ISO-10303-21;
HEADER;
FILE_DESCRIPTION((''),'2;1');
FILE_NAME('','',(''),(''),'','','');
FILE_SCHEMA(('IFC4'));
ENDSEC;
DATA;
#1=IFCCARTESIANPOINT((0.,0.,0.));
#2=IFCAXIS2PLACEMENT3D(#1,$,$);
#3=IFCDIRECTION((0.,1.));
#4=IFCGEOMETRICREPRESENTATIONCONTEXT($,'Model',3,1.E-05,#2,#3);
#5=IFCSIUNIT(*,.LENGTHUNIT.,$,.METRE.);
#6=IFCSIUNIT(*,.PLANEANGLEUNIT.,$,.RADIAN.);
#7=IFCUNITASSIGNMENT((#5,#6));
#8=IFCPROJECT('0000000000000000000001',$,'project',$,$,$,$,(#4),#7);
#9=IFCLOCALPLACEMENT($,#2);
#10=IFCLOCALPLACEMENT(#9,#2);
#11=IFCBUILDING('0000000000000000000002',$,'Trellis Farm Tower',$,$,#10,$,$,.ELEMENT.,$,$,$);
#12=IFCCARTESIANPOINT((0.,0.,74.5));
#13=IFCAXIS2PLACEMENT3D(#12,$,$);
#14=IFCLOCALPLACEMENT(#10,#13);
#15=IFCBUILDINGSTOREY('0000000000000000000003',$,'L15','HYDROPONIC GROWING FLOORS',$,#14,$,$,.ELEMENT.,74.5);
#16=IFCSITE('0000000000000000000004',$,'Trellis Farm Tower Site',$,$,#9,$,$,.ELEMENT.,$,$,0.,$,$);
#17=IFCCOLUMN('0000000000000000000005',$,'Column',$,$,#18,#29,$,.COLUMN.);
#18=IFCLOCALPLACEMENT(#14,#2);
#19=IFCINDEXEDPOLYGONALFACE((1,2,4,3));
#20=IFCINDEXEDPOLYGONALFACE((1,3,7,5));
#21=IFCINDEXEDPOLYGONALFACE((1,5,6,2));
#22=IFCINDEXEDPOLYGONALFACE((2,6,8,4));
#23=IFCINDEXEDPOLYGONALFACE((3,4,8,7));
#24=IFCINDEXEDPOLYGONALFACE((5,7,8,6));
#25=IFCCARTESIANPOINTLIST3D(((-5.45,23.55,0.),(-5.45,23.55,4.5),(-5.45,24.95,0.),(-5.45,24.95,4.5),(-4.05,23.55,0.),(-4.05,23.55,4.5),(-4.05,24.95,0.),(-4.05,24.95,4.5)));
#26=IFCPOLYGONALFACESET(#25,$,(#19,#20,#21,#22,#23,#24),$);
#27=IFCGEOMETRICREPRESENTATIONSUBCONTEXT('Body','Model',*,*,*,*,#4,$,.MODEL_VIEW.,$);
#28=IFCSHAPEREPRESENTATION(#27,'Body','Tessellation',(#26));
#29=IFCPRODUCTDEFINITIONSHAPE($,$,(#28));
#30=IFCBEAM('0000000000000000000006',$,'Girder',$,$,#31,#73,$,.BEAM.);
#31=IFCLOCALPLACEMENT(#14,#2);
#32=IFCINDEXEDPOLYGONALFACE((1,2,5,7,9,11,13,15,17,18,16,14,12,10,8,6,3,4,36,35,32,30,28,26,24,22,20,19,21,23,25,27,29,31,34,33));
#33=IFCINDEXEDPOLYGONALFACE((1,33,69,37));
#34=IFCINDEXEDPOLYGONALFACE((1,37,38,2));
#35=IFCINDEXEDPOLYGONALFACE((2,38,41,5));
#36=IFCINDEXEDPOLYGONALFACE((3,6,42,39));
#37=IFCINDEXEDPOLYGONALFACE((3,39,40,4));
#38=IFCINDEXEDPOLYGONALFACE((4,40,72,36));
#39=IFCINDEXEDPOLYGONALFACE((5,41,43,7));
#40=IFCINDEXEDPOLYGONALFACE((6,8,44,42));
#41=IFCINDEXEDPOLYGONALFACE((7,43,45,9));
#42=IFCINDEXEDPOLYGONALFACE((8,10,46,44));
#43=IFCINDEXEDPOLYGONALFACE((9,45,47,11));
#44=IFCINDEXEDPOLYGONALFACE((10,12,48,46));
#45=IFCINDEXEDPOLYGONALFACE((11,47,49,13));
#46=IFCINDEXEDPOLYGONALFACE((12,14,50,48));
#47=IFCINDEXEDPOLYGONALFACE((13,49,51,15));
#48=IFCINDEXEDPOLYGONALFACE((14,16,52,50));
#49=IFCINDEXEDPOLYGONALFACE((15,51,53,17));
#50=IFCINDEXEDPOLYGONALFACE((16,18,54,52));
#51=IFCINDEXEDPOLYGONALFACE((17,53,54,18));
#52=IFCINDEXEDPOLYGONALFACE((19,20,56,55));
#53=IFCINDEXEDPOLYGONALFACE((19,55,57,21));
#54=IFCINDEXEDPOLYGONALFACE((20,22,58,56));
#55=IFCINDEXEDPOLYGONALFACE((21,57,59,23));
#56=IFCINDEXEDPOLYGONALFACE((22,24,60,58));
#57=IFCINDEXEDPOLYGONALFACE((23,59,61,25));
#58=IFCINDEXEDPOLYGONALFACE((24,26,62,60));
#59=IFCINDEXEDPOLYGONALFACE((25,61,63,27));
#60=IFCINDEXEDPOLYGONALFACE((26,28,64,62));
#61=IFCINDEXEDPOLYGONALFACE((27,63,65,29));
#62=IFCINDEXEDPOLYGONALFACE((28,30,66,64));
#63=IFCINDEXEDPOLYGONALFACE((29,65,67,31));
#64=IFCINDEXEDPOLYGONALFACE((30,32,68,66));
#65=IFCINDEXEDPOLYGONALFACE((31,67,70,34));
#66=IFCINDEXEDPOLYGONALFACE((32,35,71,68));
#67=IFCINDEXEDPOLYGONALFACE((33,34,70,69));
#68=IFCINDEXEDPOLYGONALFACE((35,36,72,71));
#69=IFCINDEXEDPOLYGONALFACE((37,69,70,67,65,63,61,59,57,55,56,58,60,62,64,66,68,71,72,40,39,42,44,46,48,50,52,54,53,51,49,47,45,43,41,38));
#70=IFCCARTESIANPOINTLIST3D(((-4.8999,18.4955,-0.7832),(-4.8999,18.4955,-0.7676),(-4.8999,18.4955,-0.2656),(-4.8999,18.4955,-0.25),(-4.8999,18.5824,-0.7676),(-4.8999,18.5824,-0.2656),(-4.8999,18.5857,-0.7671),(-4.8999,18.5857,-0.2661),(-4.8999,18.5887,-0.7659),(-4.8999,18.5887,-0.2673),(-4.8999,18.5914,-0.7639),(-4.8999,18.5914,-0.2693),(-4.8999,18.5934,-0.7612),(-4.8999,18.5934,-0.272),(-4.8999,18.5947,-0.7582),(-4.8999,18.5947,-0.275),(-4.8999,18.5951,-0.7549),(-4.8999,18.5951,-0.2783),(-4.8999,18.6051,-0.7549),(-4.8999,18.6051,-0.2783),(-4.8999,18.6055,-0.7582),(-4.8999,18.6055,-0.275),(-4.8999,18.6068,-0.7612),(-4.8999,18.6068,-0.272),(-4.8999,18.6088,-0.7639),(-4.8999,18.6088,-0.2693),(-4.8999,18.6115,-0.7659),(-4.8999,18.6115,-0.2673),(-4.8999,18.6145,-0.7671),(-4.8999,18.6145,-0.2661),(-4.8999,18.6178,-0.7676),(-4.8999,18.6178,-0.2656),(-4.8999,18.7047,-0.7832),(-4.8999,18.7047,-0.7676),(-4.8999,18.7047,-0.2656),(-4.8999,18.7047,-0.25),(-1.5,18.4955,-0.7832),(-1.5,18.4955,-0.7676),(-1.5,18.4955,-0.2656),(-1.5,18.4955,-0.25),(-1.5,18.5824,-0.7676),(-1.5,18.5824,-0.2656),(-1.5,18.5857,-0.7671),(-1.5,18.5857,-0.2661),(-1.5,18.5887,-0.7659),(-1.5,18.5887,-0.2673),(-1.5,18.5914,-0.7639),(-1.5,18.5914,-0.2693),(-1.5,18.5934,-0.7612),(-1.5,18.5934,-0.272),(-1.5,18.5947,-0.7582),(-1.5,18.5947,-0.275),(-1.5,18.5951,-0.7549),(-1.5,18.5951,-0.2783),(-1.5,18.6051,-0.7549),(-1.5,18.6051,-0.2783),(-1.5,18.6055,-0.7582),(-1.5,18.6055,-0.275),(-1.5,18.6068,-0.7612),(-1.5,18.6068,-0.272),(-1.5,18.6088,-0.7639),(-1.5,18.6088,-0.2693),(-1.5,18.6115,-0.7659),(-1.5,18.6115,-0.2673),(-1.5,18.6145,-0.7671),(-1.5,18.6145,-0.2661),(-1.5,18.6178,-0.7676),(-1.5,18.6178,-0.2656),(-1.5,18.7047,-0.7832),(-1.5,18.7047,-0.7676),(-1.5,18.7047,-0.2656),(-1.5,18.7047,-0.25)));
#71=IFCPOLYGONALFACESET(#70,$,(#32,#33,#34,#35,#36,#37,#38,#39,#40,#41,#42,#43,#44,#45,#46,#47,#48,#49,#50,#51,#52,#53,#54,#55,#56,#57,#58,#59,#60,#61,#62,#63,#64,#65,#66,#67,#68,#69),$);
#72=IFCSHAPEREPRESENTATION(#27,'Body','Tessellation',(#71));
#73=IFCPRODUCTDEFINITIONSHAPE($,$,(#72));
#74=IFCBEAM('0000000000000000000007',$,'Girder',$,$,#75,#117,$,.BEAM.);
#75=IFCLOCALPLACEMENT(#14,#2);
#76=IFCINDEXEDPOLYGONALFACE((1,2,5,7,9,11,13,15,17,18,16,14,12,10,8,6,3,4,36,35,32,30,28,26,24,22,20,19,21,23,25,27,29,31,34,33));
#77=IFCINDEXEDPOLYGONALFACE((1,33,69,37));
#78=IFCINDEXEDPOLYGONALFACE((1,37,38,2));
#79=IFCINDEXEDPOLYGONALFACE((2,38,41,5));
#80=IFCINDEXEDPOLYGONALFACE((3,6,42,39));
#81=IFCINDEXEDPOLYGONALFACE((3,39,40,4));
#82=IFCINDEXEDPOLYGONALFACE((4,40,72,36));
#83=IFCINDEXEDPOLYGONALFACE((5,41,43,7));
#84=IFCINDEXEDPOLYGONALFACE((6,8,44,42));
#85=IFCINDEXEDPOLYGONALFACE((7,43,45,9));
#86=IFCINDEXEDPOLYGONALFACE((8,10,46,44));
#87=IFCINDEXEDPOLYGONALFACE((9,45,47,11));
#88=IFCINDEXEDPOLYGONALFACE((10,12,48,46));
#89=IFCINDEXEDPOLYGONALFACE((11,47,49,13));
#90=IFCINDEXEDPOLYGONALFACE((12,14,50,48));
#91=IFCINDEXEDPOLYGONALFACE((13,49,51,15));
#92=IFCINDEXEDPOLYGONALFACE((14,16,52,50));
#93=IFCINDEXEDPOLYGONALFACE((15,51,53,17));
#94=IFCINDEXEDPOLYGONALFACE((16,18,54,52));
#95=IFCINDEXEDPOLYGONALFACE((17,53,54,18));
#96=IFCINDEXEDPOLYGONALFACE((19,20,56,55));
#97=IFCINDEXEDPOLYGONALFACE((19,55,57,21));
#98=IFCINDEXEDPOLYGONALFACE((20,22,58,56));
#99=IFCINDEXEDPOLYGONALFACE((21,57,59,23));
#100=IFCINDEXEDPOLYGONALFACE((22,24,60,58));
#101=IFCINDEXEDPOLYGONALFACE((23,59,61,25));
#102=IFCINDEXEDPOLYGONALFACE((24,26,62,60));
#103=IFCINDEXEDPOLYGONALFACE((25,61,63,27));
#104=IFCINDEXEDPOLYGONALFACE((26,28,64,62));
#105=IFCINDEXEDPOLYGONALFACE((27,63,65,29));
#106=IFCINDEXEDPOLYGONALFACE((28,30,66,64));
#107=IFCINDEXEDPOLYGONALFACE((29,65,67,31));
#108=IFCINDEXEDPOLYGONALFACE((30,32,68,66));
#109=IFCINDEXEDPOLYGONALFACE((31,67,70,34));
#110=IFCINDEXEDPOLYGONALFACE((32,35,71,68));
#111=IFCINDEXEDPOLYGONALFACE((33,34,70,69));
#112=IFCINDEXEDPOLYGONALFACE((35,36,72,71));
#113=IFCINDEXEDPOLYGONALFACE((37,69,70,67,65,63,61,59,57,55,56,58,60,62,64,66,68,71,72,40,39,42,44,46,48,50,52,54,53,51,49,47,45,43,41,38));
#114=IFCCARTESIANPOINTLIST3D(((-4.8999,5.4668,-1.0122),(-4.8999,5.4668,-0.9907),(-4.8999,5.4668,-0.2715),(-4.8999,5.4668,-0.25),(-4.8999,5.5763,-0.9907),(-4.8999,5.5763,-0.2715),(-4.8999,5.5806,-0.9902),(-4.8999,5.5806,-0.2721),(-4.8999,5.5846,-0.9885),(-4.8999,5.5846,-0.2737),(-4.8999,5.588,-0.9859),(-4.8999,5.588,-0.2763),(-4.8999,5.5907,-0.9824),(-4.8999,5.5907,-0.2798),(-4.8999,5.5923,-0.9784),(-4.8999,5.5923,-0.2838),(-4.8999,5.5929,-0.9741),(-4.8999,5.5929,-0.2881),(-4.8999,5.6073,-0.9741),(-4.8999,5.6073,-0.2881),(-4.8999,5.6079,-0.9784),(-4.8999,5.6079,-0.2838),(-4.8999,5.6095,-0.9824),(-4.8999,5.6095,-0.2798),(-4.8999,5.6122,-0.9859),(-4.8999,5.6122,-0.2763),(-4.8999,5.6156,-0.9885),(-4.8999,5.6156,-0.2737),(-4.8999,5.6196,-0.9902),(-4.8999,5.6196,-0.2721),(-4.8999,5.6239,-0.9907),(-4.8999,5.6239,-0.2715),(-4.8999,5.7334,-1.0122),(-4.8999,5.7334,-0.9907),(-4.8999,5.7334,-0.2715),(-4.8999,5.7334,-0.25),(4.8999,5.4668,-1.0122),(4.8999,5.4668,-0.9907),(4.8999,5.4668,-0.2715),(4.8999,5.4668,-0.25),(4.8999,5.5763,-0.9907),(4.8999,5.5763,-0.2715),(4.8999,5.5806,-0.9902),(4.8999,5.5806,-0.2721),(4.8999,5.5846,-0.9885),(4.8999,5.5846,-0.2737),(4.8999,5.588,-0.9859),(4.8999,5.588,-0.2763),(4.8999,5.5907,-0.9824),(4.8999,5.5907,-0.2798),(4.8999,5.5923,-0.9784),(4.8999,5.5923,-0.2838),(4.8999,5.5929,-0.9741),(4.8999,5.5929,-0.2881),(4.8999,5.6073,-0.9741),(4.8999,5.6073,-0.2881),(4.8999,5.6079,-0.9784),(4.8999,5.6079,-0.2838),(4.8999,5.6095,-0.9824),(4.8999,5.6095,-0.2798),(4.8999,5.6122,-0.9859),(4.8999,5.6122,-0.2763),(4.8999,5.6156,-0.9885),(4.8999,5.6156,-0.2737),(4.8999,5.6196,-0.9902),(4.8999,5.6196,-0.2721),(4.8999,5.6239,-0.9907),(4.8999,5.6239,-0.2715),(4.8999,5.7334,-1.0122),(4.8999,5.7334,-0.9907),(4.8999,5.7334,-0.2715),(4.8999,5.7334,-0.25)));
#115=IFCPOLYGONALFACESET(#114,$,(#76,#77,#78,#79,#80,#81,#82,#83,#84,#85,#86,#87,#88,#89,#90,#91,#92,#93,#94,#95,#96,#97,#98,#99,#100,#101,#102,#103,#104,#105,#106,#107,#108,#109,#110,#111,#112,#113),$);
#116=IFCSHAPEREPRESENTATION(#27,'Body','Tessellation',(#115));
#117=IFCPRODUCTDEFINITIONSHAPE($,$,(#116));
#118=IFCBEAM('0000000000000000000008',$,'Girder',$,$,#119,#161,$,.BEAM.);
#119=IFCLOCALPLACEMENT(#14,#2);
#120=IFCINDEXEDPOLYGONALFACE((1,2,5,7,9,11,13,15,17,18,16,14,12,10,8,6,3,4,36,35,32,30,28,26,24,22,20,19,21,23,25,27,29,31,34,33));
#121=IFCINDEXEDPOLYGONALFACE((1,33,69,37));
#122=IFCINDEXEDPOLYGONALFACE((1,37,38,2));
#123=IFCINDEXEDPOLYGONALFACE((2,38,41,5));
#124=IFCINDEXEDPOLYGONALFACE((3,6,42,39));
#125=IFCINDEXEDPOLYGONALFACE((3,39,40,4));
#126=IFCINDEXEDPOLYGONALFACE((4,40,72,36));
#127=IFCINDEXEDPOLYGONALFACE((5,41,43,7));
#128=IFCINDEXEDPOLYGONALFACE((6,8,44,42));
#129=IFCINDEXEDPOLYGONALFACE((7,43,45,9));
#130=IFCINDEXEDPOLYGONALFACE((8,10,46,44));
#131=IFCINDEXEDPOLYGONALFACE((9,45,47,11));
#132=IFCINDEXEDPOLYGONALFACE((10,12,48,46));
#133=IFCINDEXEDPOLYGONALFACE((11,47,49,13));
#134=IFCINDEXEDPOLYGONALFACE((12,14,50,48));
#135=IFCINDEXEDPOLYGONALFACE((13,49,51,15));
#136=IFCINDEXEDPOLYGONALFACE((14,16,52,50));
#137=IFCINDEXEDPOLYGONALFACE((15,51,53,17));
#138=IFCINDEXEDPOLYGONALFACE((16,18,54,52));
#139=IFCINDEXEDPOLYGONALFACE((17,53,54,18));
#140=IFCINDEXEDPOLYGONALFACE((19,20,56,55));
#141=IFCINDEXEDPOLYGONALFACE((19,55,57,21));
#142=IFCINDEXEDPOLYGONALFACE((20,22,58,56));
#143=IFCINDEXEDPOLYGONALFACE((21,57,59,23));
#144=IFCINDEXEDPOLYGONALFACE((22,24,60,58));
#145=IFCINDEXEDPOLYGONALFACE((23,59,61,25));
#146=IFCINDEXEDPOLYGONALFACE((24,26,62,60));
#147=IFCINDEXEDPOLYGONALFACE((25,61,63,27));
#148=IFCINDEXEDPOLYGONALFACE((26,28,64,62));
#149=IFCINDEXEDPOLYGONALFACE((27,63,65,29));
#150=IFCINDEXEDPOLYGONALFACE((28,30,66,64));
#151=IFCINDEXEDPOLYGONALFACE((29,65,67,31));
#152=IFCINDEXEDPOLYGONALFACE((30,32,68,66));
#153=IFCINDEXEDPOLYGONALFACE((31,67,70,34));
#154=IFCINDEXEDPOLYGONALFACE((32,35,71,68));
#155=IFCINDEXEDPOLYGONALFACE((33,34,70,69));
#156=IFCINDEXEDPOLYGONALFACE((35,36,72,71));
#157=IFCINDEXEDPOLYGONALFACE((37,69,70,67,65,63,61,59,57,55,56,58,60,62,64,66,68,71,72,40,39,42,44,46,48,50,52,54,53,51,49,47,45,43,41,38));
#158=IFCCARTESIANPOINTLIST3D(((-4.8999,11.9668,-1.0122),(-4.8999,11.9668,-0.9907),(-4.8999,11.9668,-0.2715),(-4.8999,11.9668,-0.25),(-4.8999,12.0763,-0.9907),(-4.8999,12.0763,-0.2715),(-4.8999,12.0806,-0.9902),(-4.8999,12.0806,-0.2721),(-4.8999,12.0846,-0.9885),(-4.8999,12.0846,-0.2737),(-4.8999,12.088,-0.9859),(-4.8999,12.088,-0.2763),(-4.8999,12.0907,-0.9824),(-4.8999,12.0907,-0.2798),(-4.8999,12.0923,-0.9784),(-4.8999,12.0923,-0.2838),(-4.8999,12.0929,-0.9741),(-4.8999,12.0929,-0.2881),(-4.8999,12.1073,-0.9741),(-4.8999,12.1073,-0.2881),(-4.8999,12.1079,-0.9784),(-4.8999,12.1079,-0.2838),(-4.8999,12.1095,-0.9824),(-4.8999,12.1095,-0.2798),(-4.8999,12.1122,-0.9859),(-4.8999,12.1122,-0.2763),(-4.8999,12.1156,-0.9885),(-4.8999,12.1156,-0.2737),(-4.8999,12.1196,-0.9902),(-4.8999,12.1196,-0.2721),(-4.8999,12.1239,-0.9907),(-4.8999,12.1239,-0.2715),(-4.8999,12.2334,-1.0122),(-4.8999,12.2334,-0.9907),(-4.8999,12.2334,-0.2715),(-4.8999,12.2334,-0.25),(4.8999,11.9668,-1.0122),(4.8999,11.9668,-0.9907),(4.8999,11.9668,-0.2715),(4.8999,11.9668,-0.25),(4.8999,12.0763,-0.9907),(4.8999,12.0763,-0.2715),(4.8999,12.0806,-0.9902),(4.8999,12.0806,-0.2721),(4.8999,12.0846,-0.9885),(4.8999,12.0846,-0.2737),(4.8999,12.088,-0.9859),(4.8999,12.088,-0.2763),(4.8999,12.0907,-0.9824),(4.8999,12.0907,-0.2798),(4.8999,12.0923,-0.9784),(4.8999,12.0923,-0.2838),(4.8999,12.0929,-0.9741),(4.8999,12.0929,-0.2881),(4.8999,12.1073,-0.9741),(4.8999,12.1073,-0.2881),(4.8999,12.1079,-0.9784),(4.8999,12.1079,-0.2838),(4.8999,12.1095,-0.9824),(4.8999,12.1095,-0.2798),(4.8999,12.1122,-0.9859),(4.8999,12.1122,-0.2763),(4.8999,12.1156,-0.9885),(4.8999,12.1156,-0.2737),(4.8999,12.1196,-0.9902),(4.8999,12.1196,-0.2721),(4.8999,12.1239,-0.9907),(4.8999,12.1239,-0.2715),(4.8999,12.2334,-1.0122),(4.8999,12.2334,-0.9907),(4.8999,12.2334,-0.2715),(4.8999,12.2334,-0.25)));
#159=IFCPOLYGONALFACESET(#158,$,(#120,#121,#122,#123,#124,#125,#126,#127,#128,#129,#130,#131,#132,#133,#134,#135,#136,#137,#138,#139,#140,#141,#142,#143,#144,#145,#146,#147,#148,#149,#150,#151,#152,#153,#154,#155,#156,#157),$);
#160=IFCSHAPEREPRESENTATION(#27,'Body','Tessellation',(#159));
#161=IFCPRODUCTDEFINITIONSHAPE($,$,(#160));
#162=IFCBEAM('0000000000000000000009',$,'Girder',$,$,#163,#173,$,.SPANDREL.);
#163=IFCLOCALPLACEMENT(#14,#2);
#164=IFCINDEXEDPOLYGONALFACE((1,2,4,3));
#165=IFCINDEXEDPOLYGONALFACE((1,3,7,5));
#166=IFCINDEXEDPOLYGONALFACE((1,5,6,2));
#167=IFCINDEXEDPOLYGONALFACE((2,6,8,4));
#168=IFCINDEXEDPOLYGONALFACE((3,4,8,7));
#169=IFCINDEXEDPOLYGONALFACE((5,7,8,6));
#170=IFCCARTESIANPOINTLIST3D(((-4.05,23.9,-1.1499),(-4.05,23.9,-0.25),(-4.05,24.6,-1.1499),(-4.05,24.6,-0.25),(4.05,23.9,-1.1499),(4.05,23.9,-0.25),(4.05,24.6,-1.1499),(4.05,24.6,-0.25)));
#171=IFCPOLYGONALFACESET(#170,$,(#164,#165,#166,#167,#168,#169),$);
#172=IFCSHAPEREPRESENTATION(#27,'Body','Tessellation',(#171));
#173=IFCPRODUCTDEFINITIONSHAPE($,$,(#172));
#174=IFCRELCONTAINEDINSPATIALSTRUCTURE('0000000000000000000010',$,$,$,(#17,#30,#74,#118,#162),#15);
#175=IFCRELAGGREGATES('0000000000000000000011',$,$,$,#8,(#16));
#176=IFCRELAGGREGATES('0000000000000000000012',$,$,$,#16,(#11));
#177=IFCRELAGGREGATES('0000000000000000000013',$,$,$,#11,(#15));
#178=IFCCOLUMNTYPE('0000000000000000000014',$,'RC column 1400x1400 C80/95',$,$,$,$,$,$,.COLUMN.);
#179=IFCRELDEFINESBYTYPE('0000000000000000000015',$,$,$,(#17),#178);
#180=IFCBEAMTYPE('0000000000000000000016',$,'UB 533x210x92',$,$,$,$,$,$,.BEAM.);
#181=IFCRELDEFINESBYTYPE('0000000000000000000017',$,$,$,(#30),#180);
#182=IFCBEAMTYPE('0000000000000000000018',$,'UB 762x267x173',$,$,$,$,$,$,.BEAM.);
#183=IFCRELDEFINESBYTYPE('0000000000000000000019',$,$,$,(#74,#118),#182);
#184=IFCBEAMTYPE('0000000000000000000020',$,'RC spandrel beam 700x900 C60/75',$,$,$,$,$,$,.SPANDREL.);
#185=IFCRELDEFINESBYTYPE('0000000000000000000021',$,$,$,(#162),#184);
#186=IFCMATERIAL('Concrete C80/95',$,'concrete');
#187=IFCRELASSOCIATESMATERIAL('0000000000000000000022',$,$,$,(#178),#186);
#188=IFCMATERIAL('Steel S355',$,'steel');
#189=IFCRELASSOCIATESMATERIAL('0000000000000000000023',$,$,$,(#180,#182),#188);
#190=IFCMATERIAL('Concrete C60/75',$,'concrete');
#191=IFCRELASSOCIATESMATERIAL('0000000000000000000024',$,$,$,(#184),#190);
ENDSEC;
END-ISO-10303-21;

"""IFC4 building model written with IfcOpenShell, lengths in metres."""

from ifc_helpers import new_model, si_unit, direction, frame, origin, origin_2d, place, context, subcontext, project, spatial, rectangle, i_section, extrude, source, transform, mapped, material, material_profile, profile_set, type_object, element, save


model = new_model("IFC4")

# Units and contexts
model_context = context("Model", 3, precision=1e-05, world=origin(), true_north=direction((0.0, 1.0)))
body_context = subcontext(model_context, "Body", "Model", "MODEL_VIEW")
ifc_project = project(units=[si_unit("LENGTHUNIT", "METRE"), si_unit("PLANEANGLEUNIT", "RADIAN")], contexts=[model_context])

# Site, building, storey
site_placement = place(None, origin())
site = spatial("IfcSite", under=ifc_project, at=site_placement, Name="Trellis Farm Tower Site", CompositionType="ELEMENT", RefElevation=0.0)
building_placement = place(site_placement, origin())
building = spatial("IfcBuilding", under=site, at=building_placement, Name="Trellis Farm Tower", CompositionType="ELEMENT")
storey_placement = place(building_placement, frame((0.0, 0.0, 74.5)))
storey = spatial("IfcBuildingStorey", under=building, at=storey_placement, Name="L15", Description="HYDROPONIC GROWING FLOORS", CompositionType="ELEMENT", Elevation=74.5)

# Column
ifc_material_1 = material(Name="Concrete C80/95", Category="concrete")
ifc_material_profile_1 = material_profile(ifc_material_1, rectangle(XDim=1.3999, YDim=1.3999, at=origin_2d()), Name="RC column 1400x1400 C80/95")
ifc_profile_set_1 = profile_set([ifc_material_profile_1], Name="Concrete C80/95")
column_type = type_object("IfcColumnType", Name="RC column 1400x1400 C80/95", PredefinedType="COLUMN", material=ifc_profile_set_1)
shared_shape_1 = source(origin(), body_context, "Body", "SweptSolid", [
    extrude(rectangle(XDim=1.3999, YDim=1.3999, at=origin_2d()), origin(), (0.0, 0.0, 1.0), 4.5),
])
column_placement = place(storey_placement, frame((-4.75, 24.25, 0.0), z_axis=(0.0, 0.0, 1.0), x_axis=(1.0, 0.0, 0.0)))
element("IfcColumn", 1, at=column_placement, inside=storey, type_object=column_type, Name="Column", PredefinedType="COLUMN", context=body_context, shape_type="MappedRepresentation", body=[
    mapped(shared_shape_1, transform((0.0, 0.0, 0.0))),
])

# Beams
ifc_material_2 = material(Name="Steel S355", Category="steel")
ifc_material_profile_2 = material_profile(ifc_material_2, i_section(OverallWidth=0.2092, OverallDepth=0.5332, WebThickness=0.01, FlangeThickness=0.0156, FilletRadius=0.0127, at=origin_2d()), Name="UB 533x210x92")
ifc_profile_set_2 = profile_set([ifc_material_profile_2], Name="Steel S355")
beam_type_1 = type_object("IfcBeamType", Name="UB 533x210x92", PredefinedType="BEAM", material=ifc_profile_set_2)
shared_shape_2 = source(origin(), body_context, "Body", "SweptSolid", [
    extrude(i_section(OverallWidth=0.2092, OverallDepth=0.5332, WebThickness=0.01, FlangeThickness=0.0156, FilletRadius=0.0127, at=origin_2d()), origin(), (0.0, 0.0, 1.0), 3.3999),
])
beam_1_placement = place(storey_placement, frame((-4.8999, 18.6001, -0.5166), z_axis=(1.0, 0.0, 0.0), x_axis=(0.0, 1.0, 0.0)))
element("IfcBeam", 2, at=beam_1_placement, inside=storey, type_object=beam_type_1, Name="Girder", PredefinedType="BEAM", context=body_context, shape_type="MappedRepresentation", body=[
    mapped(shared_shape_2, transform((0.0, 0.0, 0.0))),
])
ifc_material_profile_3 = material_profile(ifc_material_2, i_section(OverallWidth=0.2666, OverallDepth=0.7622, WebThickness=0.0144, FlangeThickness=0.0215, FilletRadius=0.0166, at=origin_2d()), Name="UB 762x267x173")
ifc_profile_set_3 = profile_set([ifc_material_profile_3], Name="Steel S355")
beam_type_2 = type_object("IfcBeamType", Name="UB 762x267x173", PredefinedType="BEAM", material=ifc_profile_set_3)
shared_shape_3 = source(origin(), body_context, "Body", "SweptSolid", [
    extrude(i_section(OverallWidth=0.2666, OverallDepth=0.7622, WebThickness=0.0144, FlangeThickness=0.0215, FilletRadius=0.0166, at=origin_2d()), origin(), (0.0, 0.0, 1.0), 9.7998),
])
for number, where, z_axis, x_axis, name in (
    (3, (-4.8999, 5.6001, -0.6311), (1.0, 0.0, 0.0), (0.0, 1.0, 0.0), "Girder"),
    (4, (-4.8999, 12.1001, -0.6311), (1.0, 0.0, 0.0), (0.0, 1.0, 0.0), "Girder"),
):
    element("IfcBeam", number, at=place(storey_placement, frame(where, z_axis=z_axis, x_axis=x_axis)), inside=storey, type_object=beam_type_2, Name=name, PredefinedType="BEAM", context=body_context, shape_type="MappedRepresentation", body=[
        mapped(shared_shape_3, transform((0.0, 0.0, 0.0))),
    ])
ifc_material_3 = material(Name="Concrete C60/75", Category="concrete")
ifc_material_profile_4 = material_profile(ifc_material_3, rectangle(XDim=0.7, YDim=0.8999, at=origin_2d()), Name="RC spandrel beam 700x900 C60/75")
ifc_profile_set_4 = profile_set([ifc_material_profile_4], Name="Concrete C60/75")
beam_type_3 = type_object("IfcBeamType", Name="RC spandrel beam 700x900 C60/75", PredefinedType="SPANDREL", material=ifc_profile_set_4)
shared_shape_4 = source(origin(), body_context, "Body", "SweptSolid", [
    extrude(rectangle(XDim=0.7, YDim=0.8999, at=origin_2d()), origin(), (0.0, 0.0, 1.0), 8.1001),
])
beam_2_placement = place(storey_placement, frame((-4.05, 24.25, -0.7), z_axis=(1.0, 0.0, 0.0), x_axis=(0.0, 1.0, 0.0)))
element("IfcBeam", 5, at=beam_2_placement, inside=storey, type_object=beam_type_3, Name="Girder", PredefinedType="SPANDREL", context=body_context, shape_type="MappedRepresentation", body=[
    mapped(shared_shape_4, transform((0.0, 0.0, 0.0))),
])

save(model, "model.ifc")
